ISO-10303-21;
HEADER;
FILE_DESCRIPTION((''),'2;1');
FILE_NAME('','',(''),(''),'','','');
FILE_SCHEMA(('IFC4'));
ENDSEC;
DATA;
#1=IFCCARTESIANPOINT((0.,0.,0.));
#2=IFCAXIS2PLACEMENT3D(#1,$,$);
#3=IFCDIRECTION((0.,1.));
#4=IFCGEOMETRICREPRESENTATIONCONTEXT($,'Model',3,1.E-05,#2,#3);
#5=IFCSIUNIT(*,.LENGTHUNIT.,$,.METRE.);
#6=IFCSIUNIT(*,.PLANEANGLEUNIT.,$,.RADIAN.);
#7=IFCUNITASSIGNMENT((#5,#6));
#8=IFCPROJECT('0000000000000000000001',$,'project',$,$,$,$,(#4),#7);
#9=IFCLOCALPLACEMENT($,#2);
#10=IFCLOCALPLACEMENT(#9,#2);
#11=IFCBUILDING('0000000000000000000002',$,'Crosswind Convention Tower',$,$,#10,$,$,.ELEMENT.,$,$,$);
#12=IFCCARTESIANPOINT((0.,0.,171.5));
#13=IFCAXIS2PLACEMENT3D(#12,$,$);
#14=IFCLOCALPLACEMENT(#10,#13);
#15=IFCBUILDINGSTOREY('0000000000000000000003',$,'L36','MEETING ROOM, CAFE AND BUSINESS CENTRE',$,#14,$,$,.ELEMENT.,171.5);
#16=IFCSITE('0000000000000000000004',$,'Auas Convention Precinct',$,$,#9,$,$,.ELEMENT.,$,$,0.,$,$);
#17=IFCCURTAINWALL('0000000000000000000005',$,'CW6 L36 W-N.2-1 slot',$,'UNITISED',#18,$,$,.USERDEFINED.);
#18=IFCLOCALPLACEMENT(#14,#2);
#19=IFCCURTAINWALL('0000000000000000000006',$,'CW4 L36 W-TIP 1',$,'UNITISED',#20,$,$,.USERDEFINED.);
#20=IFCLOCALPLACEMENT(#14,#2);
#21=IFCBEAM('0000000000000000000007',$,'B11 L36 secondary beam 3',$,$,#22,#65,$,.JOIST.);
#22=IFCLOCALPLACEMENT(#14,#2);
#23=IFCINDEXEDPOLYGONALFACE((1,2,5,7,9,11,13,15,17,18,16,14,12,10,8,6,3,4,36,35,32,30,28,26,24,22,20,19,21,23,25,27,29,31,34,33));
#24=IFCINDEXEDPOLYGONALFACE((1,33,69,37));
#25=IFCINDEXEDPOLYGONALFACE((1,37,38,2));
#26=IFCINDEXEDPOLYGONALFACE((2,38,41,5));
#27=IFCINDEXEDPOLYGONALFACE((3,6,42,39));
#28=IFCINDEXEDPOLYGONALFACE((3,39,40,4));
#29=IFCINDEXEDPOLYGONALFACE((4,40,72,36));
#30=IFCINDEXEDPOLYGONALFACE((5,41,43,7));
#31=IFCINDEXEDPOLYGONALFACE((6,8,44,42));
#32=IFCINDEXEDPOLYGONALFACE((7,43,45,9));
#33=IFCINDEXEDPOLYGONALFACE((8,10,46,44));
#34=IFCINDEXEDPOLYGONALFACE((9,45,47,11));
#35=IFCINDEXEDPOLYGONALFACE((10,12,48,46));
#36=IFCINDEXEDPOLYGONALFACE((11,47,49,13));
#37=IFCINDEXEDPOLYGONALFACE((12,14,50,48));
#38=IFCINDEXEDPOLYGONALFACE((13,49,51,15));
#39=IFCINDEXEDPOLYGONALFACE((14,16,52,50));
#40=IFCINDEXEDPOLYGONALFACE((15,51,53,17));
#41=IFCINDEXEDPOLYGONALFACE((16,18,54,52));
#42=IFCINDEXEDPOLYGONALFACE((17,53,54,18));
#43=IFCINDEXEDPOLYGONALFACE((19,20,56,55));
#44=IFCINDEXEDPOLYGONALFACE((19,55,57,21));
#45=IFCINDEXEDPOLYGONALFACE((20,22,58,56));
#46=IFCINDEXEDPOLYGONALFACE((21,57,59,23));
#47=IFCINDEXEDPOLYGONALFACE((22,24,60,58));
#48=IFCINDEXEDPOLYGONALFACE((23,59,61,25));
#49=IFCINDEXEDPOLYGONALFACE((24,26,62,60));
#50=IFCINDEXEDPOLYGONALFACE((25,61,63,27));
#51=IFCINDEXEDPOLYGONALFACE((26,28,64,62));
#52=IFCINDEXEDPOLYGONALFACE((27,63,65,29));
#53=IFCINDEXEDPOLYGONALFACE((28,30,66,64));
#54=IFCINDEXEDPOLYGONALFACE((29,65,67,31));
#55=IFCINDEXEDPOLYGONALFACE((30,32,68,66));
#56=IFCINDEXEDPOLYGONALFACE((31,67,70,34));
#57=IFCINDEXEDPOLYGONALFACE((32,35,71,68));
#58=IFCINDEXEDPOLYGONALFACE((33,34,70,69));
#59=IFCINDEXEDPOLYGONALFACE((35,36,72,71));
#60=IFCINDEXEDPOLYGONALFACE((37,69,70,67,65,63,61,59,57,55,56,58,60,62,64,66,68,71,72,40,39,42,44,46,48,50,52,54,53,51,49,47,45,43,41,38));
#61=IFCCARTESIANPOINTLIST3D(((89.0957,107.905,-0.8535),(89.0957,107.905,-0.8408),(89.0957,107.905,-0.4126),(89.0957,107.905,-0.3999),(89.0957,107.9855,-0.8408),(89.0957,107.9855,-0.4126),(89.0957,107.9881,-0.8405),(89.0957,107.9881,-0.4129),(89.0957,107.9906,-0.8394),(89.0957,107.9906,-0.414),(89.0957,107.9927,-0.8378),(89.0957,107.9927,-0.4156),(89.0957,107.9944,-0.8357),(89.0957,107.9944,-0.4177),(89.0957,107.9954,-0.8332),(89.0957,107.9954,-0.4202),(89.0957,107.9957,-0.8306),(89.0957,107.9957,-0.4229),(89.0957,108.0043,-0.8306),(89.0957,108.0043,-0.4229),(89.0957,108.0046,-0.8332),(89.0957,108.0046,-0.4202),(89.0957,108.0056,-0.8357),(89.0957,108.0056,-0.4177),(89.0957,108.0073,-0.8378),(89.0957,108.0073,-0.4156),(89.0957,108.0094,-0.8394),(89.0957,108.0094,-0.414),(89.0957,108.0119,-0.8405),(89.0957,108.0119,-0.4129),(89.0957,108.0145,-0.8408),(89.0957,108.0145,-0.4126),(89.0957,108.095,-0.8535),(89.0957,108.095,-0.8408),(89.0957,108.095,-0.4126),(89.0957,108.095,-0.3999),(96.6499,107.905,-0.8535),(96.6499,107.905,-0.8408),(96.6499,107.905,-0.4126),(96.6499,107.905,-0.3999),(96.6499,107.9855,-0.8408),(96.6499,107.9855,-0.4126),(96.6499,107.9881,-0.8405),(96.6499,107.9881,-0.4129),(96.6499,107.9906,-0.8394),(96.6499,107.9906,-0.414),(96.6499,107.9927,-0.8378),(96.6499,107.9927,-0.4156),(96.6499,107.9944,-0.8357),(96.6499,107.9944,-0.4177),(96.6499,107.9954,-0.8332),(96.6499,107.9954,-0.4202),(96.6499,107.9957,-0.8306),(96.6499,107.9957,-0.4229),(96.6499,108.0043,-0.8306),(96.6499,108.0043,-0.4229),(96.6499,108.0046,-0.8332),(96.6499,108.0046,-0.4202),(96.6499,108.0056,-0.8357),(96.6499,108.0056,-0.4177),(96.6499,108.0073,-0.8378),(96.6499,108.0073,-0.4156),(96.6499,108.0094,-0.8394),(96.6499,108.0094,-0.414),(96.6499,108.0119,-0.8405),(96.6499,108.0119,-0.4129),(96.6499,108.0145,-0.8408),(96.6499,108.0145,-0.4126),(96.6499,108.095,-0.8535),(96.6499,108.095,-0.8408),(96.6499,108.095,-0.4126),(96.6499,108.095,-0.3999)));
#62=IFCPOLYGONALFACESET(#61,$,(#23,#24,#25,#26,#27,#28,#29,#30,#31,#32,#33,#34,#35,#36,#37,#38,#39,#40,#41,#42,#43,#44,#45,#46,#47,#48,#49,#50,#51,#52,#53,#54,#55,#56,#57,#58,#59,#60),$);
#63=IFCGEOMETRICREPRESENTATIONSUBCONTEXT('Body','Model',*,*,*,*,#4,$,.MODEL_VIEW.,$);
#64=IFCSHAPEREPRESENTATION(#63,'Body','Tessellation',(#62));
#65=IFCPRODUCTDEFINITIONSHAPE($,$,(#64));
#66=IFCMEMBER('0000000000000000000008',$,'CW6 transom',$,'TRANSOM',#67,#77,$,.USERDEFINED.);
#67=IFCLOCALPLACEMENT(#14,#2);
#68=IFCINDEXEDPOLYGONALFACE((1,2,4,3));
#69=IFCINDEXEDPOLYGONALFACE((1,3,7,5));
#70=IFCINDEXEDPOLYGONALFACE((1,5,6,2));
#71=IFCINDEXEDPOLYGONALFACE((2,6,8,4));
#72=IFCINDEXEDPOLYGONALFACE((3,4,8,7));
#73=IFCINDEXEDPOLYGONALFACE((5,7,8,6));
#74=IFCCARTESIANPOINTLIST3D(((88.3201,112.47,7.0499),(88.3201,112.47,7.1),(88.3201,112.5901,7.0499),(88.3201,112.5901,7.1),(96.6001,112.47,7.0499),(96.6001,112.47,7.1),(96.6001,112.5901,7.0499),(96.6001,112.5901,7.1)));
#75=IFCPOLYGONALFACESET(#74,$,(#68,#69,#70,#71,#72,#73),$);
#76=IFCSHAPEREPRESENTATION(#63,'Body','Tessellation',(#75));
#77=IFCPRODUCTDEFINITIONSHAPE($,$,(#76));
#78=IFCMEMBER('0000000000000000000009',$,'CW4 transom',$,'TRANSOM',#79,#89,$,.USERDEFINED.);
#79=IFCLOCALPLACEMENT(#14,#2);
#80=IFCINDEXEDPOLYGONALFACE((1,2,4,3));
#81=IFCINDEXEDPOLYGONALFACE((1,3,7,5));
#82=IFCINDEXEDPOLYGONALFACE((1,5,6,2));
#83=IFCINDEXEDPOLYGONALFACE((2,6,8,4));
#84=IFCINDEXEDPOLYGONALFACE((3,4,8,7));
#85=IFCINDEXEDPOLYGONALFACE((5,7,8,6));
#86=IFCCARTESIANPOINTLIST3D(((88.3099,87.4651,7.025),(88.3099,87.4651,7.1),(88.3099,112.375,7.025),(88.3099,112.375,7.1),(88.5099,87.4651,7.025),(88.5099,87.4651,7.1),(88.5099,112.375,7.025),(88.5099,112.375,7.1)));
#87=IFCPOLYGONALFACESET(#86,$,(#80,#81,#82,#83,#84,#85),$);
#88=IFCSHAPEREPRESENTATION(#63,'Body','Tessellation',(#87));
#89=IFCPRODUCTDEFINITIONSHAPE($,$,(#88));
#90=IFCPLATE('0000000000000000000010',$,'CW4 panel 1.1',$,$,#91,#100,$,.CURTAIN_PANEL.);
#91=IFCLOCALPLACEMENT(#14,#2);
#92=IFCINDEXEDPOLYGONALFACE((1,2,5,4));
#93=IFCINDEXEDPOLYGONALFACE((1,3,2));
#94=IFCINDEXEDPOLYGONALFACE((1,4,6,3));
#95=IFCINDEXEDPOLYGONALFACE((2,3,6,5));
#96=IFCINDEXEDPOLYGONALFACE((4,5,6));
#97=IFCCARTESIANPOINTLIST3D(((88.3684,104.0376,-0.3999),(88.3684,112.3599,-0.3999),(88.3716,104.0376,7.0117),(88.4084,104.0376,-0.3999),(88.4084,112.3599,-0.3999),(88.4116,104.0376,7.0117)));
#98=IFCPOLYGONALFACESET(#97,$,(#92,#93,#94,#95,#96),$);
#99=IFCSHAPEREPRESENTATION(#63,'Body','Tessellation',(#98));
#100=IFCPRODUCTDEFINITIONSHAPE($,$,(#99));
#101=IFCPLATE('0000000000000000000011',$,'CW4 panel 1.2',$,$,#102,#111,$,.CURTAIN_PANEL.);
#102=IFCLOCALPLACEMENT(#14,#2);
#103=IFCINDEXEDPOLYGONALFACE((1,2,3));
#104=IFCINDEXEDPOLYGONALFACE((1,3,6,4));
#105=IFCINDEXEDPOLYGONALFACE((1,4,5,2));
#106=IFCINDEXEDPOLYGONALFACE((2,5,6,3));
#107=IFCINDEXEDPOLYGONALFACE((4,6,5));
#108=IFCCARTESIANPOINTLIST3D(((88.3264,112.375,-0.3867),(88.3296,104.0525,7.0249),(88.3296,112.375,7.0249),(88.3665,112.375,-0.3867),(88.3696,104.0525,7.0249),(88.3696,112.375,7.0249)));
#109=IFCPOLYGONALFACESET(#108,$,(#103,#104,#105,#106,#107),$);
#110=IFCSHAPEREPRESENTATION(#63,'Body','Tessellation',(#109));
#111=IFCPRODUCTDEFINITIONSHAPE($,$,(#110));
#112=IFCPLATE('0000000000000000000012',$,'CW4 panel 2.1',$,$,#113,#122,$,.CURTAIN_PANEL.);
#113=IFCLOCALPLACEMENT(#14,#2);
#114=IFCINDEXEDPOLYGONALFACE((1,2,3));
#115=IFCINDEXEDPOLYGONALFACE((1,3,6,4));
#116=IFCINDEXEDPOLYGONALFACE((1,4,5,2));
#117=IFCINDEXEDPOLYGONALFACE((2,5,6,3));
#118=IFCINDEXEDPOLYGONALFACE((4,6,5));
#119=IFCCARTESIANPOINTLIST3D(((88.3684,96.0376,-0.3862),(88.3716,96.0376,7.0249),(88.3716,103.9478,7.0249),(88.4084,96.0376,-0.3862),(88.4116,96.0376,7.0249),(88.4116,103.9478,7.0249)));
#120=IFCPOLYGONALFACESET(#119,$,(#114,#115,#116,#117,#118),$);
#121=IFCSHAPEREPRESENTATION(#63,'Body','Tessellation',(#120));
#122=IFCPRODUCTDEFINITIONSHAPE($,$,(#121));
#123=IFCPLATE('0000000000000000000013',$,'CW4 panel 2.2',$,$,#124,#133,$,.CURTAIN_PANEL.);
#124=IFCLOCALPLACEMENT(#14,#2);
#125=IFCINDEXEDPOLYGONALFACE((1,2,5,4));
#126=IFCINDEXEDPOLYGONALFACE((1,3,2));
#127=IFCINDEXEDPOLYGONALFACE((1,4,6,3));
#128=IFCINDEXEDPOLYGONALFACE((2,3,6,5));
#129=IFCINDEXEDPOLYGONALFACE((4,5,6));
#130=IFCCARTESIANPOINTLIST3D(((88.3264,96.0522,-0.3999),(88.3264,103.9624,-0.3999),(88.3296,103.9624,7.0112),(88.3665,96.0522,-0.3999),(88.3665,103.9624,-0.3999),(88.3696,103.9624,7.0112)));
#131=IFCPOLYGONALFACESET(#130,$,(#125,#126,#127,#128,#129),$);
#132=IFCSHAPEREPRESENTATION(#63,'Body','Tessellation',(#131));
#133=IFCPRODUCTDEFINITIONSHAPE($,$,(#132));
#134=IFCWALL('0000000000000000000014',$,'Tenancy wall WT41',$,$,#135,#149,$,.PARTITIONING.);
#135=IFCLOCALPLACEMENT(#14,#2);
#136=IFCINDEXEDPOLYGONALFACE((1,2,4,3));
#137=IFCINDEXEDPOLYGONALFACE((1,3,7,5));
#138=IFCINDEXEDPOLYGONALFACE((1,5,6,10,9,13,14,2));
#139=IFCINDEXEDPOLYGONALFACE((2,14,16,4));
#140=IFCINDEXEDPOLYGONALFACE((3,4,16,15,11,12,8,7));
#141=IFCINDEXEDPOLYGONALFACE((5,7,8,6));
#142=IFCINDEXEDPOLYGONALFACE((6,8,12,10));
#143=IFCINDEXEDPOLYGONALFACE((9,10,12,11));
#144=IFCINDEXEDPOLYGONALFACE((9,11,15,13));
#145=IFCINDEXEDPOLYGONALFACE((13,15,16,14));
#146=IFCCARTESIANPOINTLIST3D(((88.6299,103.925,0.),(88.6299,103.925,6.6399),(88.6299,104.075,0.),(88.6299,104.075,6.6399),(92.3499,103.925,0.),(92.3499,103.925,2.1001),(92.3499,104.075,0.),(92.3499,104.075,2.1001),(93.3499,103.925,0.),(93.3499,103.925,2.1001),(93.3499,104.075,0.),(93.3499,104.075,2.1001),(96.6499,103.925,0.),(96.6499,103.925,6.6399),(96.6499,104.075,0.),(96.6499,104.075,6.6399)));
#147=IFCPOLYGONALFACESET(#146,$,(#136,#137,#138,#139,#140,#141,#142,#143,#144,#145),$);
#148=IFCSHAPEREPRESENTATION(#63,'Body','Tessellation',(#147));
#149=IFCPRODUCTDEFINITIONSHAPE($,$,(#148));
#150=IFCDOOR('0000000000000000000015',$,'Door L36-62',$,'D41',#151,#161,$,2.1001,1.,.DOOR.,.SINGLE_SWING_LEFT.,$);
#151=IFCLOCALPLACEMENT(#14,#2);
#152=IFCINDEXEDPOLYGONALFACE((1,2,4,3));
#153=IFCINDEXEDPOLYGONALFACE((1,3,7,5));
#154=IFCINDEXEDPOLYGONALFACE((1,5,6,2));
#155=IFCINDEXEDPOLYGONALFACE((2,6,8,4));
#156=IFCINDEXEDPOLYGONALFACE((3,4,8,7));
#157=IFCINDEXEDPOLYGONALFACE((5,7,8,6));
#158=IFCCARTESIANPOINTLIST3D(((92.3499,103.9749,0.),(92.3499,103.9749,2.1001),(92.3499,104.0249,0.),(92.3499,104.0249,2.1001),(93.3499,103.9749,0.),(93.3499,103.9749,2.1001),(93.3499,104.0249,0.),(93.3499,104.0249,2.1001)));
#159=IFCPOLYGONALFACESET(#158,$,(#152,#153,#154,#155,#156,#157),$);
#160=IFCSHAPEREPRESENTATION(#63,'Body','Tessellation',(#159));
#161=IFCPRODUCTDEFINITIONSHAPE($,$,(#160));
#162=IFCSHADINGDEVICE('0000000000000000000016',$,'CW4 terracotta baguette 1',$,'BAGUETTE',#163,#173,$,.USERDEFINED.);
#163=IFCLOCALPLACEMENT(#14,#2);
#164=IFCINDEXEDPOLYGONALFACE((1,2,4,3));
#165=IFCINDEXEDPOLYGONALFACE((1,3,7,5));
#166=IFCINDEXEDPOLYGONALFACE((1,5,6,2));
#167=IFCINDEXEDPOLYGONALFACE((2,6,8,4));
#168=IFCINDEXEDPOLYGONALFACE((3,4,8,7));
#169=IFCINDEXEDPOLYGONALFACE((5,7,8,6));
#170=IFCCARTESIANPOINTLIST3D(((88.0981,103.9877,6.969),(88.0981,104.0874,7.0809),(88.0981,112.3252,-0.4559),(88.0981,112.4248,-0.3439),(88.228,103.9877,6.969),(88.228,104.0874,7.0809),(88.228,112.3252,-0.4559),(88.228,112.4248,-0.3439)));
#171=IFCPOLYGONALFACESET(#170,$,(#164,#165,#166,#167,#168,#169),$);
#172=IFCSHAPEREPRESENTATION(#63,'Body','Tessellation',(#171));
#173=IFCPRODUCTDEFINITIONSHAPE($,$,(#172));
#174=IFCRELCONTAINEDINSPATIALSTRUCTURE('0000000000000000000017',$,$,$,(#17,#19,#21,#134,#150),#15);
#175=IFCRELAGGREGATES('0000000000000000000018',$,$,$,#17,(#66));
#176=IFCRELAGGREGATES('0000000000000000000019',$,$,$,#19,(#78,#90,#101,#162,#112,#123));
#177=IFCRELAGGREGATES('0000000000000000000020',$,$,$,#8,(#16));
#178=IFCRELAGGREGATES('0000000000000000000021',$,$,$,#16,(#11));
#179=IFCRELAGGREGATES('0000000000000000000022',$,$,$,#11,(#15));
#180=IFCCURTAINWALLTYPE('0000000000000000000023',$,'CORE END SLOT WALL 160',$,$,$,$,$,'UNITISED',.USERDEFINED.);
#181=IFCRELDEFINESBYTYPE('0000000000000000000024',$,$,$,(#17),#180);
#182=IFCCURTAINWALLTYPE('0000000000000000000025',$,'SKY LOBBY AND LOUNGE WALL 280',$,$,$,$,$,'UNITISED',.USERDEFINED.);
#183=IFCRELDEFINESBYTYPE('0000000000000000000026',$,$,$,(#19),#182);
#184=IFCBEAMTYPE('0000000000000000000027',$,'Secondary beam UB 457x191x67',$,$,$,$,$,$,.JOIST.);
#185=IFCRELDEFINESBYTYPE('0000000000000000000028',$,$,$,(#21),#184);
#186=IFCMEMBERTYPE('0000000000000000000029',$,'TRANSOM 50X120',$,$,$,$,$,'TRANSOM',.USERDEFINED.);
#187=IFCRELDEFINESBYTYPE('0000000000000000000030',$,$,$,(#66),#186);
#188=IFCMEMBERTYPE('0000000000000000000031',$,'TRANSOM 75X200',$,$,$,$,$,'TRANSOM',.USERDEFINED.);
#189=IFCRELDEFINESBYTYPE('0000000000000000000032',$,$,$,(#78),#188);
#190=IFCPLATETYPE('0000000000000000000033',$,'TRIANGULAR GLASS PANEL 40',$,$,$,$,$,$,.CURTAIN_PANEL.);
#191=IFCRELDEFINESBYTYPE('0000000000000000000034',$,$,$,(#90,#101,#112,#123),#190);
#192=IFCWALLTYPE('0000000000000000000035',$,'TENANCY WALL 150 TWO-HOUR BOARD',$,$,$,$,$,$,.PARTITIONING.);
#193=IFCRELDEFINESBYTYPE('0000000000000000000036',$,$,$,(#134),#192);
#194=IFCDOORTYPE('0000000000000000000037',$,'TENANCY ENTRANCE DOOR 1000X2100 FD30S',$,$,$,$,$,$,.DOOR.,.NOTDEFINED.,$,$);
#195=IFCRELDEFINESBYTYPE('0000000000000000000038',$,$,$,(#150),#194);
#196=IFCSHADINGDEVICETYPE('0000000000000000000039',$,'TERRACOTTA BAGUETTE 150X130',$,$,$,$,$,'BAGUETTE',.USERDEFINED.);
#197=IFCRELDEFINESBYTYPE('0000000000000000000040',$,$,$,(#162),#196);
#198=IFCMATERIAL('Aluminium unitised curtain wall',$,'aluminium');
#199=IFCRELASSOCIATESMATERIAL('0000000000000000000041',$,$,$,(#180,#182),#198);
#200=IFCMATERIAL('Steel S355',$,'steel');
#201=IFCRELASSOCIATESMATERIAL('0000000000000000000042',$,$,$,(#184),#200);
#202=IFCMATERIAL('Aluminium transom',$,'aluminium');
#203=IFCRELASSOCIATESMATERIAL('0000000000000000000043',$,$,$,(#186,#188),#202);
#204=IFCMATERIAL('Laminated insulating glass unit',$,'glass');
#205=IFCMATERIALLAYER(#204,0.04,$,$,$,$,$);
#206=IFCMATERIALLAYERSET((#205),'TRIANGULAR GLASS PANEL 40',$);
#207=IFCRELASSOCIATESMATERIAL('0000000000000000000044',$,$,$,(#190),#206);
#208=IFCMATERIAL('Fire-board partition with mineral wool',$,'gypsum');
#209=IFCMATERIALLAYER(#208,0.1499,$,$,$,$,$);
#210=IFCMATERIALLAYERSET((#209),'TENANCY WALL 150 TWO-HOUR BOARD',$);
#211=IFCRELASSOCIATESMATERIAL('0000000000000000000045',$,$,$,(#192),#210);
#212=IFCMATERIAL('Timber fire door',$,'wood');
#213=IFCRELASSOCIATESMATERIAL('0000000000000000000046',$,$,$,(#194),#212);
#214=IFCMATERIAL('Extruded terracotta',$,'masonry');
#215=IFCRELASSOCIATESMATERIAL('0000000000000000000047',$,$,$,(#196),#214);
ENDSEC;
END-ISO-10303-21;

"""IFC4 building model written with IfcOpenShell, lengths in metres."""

from ifc_helpers import new_model, si_unit, direction, frame, frame_2d, origin, origin_2d, place, context, subcontext, project, spatial, polyline, rectangle, i_section, outline, extrude, material, layer, layer_set, material_profile, profile_set, type_object, element, fill, aggregate, save


model = new_model("IFC4")

# Units and contexts
model_context = context("Model", 3, precision=1e-05, world=origin(), true_north=direction((0.0, 1.0)))
body_context = subcontext(model_context, "Body", "Model", "MODEL_VIEW")
ifc_project = project(units=[si_unit("LENGTHUNIT", "METRE"), si_unit("PLANEANGLEUNIT", "RADIAN")], contexts=[model_context])

# Site, building, storey
site_placement = place(None, origin())
site = spatial("IfcSite", under=ifc_project, at=site_placement, Name="Auas Convention Precinct", CompositionType="ELEMENT", RefElevation=0.0)
building_placement = place(site_placement, origin())
building = spatial("IfcBuilding", under=site, at=building_placement, Name="Crosswind Convention Tower", CompositionType="ELEMENT")
storey_placement = place(building_placement, frame((0.0, 0.0, 171.5)))
storey = spatial("IfcBuildingStorey", under=building, at=storey_placement, Name="L36", Description="MEETING ROOM, CAFE AND BUSINESS CENTRE", CompositionType="ELEMENT", Elevation=171.5)

# Shared definitions
ifc_material_1 = material(Name="Steel S355", Category="steel")

# Curtain wall
ifc_material_2 = material(Name="Aluminium unitised curtain wall", Category="aluminium")
curtain_wall_type_1 = type_object("IfcCurtainWallType", Name="CORE END SLOT WALL 160", ElementType="UNITISED", PredefinedType="USERDEFINED", material=ifc_material_2)
curtain_wall_1_placement = place(storey_placement, origin())
curtain_wall_1 = element("IfcCurtainWall", 1, at=curtain_wall_1_placement, inside=storey, type_object=curtain_wall_type_1, Name="CW6 L36 W-N.2-1 slot", ObjectType="UNITISED", PredefinedType="USERDEFINED")

# Curtain wall
curtain_wall_type_2 = type_object("IfcCurtainWallType", Name="SKY LOBBY AND LOUNGE WALL 280", ElementType="UNITISED", PredefinedType="USERDEFINED", material=ifc_material_2)
curtain_wall_2_placement = place(storey_placement, origin())
curtain_wall_2 = element("IfcCurtainWall", 2, at=curtain_wall_2_placement, inside=storey, type_object=curtain_wall_type_2, Name="CW4 L36 W-TIP 1", ObjectType="UNITISED", PredefinedType="USERDEFINED")

# Beam
ifc_material_profile_1 = material_profile(ifc_material_1, i_section(OverallWidth=0.1899, OverallDepth=0.4536, WebThickness=0.0085, FlangeThickness=0.0127, FilletRadius=0.0103, at=origin_2d()), Name="UB 457x191x67")
ifc_profile_set_1 = profile_set([ifc_material_profile_1], Name="Steel S355")
beam_type_1 = type_object("IfcBeamType", Name="Secondary beam UB 457x191x67", PredefinedType="JOIST", material=ifc_profile_set_1)
for number, where, z_axis, x_axis, name in (
    (3, (89.0957, 108.0, -0.6267), (1.0, 0.0, 0.0), (0.0, 1.0, 0.0), "B11 L36 secondary beam 3"),
):
    element("IfcBeam", number, at=place(storey_placement, frame(where, z_axis=z_axis, x_axis=x_axis)), inside=storey, type_object=beam_type_1, Name=name, PredefinedType="JOIST", context=body_context, shape_type="SweptSolid", body=[
        extrude(i_section(OverallWidth=0.1899, OverallDepth=0.4536, WebThickness=0.0085, FlangeThickness=0.0127, FilletRadius=0.0103, at=origin_2d()), origin(), (0.0, 0.0, 1.0), 7.5542),
    ])

# Members
ifc_material_3 = material(Name="Aluminium transom", Category="aluminium")
ifc_material_profile_2 = material_profile(ifc_material_3, rectangle(XDim=0.1201, YDim=0.05, at=origin_2d()), Name="AL 120X50")
ifc_profile_set_2 = profile_set([ifc_material_profile_2], Name="Aluminium transom")
member_type_1 = type_object("IfcMemberType", Name="TRANSOM 50X120", ElementType="TRANSOM", PredefinedType="USERDEFINED", material=ifc_profile_set_2)
member_1_placement = place(storey_placement, frame((96.6001, 112.53, 7.075), z_axis=(-1.0, 0.0, 0.0), x_axis=(0.0, -1.0, 0.0)))
member_1 = element("IfcMember", 4, at=member_1_placement, type_object=member_type_1, Name="CW6 transom", ObjectType="TRANSOM", PredefinedType="USERDEFINED", context=body_context, shape_type="SweptSolid", body=[
    extrude(rectangle(XDim=0.1201, YDim=0.05, at=origin_2d()), origin(), (0.0, 0.0, 1.0), 8.28),
])
aggregate(curtain_wall_1, [member_1])
ifc_material_profile_3 = material_profile(ifc_material_3, rectangle(XDim=0.2, YDim=0.075, at=origin_2d()), Name="AL 200X75")
ifc_profile_set_3 = profile_set([ifc_material_profile_3], Name="Aluminium transom")
member_type_2 = type_object("IfcMemberType", Name="TRANSOM 75X200", ElementType="TRANSOM", PredefinedType="USERDEFINED", material=ifc_profile_set_3)
member_2_placement = place(storey_placement, frame((88.4099, 112.375, 7.0625), z_axis=(0.0, -1.0, 0.0), x_axis=(1.0, 0.0, 0.0)))
member_2 = element("IfcMember", 5, at=member_2_placement, type_object=member_type_2, Name="CW4 transom", ObjectType="TRANSOM", PredefinedType="USERDEFINED", context=body_context, shape_type="SweptSolid", body=[
    extrude(rectangle(XDim=0.2, YDim=0.075, at=origin_2d()), origin(), (0.0, 0.0, 1.0), 24.9099),
])

# Plates
ifc_material_4 = material(Name="Laminated insulating glass unit", Category="glass")
ifc_layer_1 = layer(ifc_material_4, 0.04)
ifc_layer_set_1 = layer_set([ifc_layer_1], Name="TRIANGULAR GLASS PANEL 40")
plate_type = type_object("IfcPlateType", Name="TRIANGULAR GLASS PANEL 40", PredefinedType="CURTAIN_PANEL", material=ifc_layer_set_1)
plate_1_placement = place(storey_placement, frame((88.3684, 104.0376, -0.3999), z_axis=(-1.0, 0.0, 0.000428), x_axis=(0.000428, 0.0, 1.0)))
plate_1 = element("IfcPlate", 6, at=plate_1_placement, type_object=plate_type, Name="CW4 panel 1.1", PredefinedType="CURTAIN_PANEL", context=body_context, shape_type="SweptSolid", body=[
    extrude(outline(polyline([(0.0, 0.0), (7.4116, 0.0), (0.0, 8.3223), (0.0, 0.0)])), origin(), (0.0, 0.0, -1.0), 0.04),
])
plate_2_placement = place(storey_placement, frame((88.3296, 112.375, 7.0249), z_axis=(-1.0, 0.0, 0.000428), x_axis=(-0.000428, 0.0, -1.0)))
plate_2 = element("IfcPlate", 7, at=plate_2_placement, type_object=plate_type, Name="CW4 panel 1.2", PredefinedType="CURTAIN_PANEL", context=body_context, shape_type="SweptSolid", body=[
    extrude(outline(polyline([(0.0, 0.0), (7.4116, 0.0), (0.0, 8.3225), (0.0, 0.0)])), origin(), (0.0, 0.0, -1.0), 0.04),
])
plate_3_placement = place(storey_placement, frame((88.3716, 96.0376, 7.0249), z_axis=(-1.0, 0.0, 0.000428), x_axis=(0.0, 1.0, 0.0)))
plate_3 = element("IfcPlate", 8, at=plate_3_placement, type_object=plate_type, Name="CW4 panel 2.1", PredefinedType="CURTAIN_PANEL", context=body_context, shape_type="SweptSolid", body=[
    extrude(outline(polyline([(0.0, 0.0), (7.9102, 0.0), (0.0, 7.4111), (0.0, 0.0)])), origin(), (0.0, 0.0, -1.0), 0.04),
])
plate_4_placement = place(storey_placement, frame((88.3264, 103.9624, -0.3999), z_axis=(-1.0, 0.0, 0.000428), x_axis=(0.0, -1.0, 0.0)))
plate_4 = element("IfcPlate", 9, at=plate_4_placement, type_object=plate_type, Name="CW4 panel 2.2", PredefinedType="CURTAIN_PANEL", context=body_context, shape_type="SweptSolid", body=[
    extrude(outline(polyline([(0.0, 0.0), (7.9102, 0.0), (0.0, 7.4111), (0.0, 0.0)])), origin(), (0.0, 0.0, -1.0), 0.04),
])

# Wall, opening, door
ifc_material_5 = material(Name="Fire-board partition with mineral wool", Category="gypsum")
ifc_layer_2 = layer(ifc_material_5, 0.1499)
ifc_layer_set_2 = layer_set([ifc_layer_2], Name="TENANCY WALL 150 TWO-HOUR BOARD")
wall_type = type_object("IfcWallType", Name="TENANCY WALL 150 TWO-HOUR BOARD", PredefinedType="PARTITIONING", material=ifc_layer_set_2)
wall_placement = place(storey_placement, frame((88.6299, 104.0, 0.0), z_axis=(0.0, 0.0, 1.0), x_axis=(1.0, 0.0, 0.0)))
wall = element("IfcWall", 10, at=wall_placement, inside=storey, type_object=wall_type, Name="Tenancy wall WT41", PredefinedType="PARTITIONING", context=body_context, shape_type="SweptSolid", body=[
    extrude(rectangle(XDim=8.02, YDim=0.1499, at=frame_2d((4.01, 0.0))), origin(), (0.0, 0.0, 1.0), 6.6399),
])
opening_placement = place(wall_placement, frame((3.72, 0.0, 0.0)))
opening = element("IfcOpeningElement", 11, at=opening_placement, cuts=wall, PredefinedType="OPENING", context=body_context, shape_type="SweptSolid", body=[
    extrude(rectangle(XDim=1.0, YDim=2.1001, at=frame_2d((0.5, 1.05))), frame((0.0, 0.085, 0.0), z_axis=(0.0, -1.0, 0.0), x_axis=(1.0, 0.0, 0.0)), (0.0, 0.0, 1.0), 0.1699),
])
ifc_material_6 = material(Name="Timber fire door", Category="wood")
door_type = type_object("IfcDoorType", Name="TENANCY ENTRANCE DOOR 1000X2100 FD30S", OperationType="NOTDEFINED", PredefinedType="DOOR", material=ifc_material_6)
door_placement = place(opening_placement, origin())
door = element("IfcDoor", 12, at=door_placement, inside=storey, type_object=door_type, Name="Door L36-62", ObjectType="D41", OperationType="SINGLE_SWING_LEFT", OverallHeight=2.1001, OverallWidth=1.0, PredefinedType="DOOR", context=body_context, shape_type="SweptSolid", body=[
    extrude(rectangle(XDim=1.0, YDim=2.1001, at=frame_2d((0.5, 1.05))), frame((0.0, 0.0249, 0.0), z_axis=(0.0, -1.0, 0.0), x_axis=(1.0, 0.0, 0.0)), (0.0, 0.0, 1.0), 0.05),
])
fill(opening, door)

# Shading device
ifc_material_7 = material(Name="Extruded terracotta", Category="masonry")
ifc_material_profile_4 = material_profile(ifc_material_7, rectangle(XDim=0.1299, YDim=0.1499, at=origin_2d()), Name="TC 130X150")
ifc_profile_set_4 = profile_set([ifc_material_profile_4], Name="Extruded terracotta")
shading_device_type = type_object("IfcShadingDeviceType", Name="TERRACOTTA BAGUETTE 150X130", ElementType="BAGUETTE", PredefinedType="USERDEFINED", material=ifc_profile_set_4)
shading_device_placement = place(storey_placement, frame((88.1631, 112.375, -0.3999), z_axis=(0.0, -0.746796, 0.665053), x_axis=(1.0, 0.0, 0.0)))
shading_device = element("IfcShadingDevice", 13, at=shading_device_placement, type_object=shading_device_type, Name="CW4 terracotta baguette 1", ObjectType="BAGUETTE", PredefinedType="USERDEFINED", context=body_context, shape_type="SweptSolid", body=[
    extrude(rectangle(XDim=0.1299, YDim=0.1499, at=origin_2d()), origin(), (0.0, 0.0, 1.0), 11.1643),
])
aggregate(curtain_wall_2, [member_2, plate_1, plate_2, shading_device, plate_3, plate_4])

save(model, "model.ifc")
